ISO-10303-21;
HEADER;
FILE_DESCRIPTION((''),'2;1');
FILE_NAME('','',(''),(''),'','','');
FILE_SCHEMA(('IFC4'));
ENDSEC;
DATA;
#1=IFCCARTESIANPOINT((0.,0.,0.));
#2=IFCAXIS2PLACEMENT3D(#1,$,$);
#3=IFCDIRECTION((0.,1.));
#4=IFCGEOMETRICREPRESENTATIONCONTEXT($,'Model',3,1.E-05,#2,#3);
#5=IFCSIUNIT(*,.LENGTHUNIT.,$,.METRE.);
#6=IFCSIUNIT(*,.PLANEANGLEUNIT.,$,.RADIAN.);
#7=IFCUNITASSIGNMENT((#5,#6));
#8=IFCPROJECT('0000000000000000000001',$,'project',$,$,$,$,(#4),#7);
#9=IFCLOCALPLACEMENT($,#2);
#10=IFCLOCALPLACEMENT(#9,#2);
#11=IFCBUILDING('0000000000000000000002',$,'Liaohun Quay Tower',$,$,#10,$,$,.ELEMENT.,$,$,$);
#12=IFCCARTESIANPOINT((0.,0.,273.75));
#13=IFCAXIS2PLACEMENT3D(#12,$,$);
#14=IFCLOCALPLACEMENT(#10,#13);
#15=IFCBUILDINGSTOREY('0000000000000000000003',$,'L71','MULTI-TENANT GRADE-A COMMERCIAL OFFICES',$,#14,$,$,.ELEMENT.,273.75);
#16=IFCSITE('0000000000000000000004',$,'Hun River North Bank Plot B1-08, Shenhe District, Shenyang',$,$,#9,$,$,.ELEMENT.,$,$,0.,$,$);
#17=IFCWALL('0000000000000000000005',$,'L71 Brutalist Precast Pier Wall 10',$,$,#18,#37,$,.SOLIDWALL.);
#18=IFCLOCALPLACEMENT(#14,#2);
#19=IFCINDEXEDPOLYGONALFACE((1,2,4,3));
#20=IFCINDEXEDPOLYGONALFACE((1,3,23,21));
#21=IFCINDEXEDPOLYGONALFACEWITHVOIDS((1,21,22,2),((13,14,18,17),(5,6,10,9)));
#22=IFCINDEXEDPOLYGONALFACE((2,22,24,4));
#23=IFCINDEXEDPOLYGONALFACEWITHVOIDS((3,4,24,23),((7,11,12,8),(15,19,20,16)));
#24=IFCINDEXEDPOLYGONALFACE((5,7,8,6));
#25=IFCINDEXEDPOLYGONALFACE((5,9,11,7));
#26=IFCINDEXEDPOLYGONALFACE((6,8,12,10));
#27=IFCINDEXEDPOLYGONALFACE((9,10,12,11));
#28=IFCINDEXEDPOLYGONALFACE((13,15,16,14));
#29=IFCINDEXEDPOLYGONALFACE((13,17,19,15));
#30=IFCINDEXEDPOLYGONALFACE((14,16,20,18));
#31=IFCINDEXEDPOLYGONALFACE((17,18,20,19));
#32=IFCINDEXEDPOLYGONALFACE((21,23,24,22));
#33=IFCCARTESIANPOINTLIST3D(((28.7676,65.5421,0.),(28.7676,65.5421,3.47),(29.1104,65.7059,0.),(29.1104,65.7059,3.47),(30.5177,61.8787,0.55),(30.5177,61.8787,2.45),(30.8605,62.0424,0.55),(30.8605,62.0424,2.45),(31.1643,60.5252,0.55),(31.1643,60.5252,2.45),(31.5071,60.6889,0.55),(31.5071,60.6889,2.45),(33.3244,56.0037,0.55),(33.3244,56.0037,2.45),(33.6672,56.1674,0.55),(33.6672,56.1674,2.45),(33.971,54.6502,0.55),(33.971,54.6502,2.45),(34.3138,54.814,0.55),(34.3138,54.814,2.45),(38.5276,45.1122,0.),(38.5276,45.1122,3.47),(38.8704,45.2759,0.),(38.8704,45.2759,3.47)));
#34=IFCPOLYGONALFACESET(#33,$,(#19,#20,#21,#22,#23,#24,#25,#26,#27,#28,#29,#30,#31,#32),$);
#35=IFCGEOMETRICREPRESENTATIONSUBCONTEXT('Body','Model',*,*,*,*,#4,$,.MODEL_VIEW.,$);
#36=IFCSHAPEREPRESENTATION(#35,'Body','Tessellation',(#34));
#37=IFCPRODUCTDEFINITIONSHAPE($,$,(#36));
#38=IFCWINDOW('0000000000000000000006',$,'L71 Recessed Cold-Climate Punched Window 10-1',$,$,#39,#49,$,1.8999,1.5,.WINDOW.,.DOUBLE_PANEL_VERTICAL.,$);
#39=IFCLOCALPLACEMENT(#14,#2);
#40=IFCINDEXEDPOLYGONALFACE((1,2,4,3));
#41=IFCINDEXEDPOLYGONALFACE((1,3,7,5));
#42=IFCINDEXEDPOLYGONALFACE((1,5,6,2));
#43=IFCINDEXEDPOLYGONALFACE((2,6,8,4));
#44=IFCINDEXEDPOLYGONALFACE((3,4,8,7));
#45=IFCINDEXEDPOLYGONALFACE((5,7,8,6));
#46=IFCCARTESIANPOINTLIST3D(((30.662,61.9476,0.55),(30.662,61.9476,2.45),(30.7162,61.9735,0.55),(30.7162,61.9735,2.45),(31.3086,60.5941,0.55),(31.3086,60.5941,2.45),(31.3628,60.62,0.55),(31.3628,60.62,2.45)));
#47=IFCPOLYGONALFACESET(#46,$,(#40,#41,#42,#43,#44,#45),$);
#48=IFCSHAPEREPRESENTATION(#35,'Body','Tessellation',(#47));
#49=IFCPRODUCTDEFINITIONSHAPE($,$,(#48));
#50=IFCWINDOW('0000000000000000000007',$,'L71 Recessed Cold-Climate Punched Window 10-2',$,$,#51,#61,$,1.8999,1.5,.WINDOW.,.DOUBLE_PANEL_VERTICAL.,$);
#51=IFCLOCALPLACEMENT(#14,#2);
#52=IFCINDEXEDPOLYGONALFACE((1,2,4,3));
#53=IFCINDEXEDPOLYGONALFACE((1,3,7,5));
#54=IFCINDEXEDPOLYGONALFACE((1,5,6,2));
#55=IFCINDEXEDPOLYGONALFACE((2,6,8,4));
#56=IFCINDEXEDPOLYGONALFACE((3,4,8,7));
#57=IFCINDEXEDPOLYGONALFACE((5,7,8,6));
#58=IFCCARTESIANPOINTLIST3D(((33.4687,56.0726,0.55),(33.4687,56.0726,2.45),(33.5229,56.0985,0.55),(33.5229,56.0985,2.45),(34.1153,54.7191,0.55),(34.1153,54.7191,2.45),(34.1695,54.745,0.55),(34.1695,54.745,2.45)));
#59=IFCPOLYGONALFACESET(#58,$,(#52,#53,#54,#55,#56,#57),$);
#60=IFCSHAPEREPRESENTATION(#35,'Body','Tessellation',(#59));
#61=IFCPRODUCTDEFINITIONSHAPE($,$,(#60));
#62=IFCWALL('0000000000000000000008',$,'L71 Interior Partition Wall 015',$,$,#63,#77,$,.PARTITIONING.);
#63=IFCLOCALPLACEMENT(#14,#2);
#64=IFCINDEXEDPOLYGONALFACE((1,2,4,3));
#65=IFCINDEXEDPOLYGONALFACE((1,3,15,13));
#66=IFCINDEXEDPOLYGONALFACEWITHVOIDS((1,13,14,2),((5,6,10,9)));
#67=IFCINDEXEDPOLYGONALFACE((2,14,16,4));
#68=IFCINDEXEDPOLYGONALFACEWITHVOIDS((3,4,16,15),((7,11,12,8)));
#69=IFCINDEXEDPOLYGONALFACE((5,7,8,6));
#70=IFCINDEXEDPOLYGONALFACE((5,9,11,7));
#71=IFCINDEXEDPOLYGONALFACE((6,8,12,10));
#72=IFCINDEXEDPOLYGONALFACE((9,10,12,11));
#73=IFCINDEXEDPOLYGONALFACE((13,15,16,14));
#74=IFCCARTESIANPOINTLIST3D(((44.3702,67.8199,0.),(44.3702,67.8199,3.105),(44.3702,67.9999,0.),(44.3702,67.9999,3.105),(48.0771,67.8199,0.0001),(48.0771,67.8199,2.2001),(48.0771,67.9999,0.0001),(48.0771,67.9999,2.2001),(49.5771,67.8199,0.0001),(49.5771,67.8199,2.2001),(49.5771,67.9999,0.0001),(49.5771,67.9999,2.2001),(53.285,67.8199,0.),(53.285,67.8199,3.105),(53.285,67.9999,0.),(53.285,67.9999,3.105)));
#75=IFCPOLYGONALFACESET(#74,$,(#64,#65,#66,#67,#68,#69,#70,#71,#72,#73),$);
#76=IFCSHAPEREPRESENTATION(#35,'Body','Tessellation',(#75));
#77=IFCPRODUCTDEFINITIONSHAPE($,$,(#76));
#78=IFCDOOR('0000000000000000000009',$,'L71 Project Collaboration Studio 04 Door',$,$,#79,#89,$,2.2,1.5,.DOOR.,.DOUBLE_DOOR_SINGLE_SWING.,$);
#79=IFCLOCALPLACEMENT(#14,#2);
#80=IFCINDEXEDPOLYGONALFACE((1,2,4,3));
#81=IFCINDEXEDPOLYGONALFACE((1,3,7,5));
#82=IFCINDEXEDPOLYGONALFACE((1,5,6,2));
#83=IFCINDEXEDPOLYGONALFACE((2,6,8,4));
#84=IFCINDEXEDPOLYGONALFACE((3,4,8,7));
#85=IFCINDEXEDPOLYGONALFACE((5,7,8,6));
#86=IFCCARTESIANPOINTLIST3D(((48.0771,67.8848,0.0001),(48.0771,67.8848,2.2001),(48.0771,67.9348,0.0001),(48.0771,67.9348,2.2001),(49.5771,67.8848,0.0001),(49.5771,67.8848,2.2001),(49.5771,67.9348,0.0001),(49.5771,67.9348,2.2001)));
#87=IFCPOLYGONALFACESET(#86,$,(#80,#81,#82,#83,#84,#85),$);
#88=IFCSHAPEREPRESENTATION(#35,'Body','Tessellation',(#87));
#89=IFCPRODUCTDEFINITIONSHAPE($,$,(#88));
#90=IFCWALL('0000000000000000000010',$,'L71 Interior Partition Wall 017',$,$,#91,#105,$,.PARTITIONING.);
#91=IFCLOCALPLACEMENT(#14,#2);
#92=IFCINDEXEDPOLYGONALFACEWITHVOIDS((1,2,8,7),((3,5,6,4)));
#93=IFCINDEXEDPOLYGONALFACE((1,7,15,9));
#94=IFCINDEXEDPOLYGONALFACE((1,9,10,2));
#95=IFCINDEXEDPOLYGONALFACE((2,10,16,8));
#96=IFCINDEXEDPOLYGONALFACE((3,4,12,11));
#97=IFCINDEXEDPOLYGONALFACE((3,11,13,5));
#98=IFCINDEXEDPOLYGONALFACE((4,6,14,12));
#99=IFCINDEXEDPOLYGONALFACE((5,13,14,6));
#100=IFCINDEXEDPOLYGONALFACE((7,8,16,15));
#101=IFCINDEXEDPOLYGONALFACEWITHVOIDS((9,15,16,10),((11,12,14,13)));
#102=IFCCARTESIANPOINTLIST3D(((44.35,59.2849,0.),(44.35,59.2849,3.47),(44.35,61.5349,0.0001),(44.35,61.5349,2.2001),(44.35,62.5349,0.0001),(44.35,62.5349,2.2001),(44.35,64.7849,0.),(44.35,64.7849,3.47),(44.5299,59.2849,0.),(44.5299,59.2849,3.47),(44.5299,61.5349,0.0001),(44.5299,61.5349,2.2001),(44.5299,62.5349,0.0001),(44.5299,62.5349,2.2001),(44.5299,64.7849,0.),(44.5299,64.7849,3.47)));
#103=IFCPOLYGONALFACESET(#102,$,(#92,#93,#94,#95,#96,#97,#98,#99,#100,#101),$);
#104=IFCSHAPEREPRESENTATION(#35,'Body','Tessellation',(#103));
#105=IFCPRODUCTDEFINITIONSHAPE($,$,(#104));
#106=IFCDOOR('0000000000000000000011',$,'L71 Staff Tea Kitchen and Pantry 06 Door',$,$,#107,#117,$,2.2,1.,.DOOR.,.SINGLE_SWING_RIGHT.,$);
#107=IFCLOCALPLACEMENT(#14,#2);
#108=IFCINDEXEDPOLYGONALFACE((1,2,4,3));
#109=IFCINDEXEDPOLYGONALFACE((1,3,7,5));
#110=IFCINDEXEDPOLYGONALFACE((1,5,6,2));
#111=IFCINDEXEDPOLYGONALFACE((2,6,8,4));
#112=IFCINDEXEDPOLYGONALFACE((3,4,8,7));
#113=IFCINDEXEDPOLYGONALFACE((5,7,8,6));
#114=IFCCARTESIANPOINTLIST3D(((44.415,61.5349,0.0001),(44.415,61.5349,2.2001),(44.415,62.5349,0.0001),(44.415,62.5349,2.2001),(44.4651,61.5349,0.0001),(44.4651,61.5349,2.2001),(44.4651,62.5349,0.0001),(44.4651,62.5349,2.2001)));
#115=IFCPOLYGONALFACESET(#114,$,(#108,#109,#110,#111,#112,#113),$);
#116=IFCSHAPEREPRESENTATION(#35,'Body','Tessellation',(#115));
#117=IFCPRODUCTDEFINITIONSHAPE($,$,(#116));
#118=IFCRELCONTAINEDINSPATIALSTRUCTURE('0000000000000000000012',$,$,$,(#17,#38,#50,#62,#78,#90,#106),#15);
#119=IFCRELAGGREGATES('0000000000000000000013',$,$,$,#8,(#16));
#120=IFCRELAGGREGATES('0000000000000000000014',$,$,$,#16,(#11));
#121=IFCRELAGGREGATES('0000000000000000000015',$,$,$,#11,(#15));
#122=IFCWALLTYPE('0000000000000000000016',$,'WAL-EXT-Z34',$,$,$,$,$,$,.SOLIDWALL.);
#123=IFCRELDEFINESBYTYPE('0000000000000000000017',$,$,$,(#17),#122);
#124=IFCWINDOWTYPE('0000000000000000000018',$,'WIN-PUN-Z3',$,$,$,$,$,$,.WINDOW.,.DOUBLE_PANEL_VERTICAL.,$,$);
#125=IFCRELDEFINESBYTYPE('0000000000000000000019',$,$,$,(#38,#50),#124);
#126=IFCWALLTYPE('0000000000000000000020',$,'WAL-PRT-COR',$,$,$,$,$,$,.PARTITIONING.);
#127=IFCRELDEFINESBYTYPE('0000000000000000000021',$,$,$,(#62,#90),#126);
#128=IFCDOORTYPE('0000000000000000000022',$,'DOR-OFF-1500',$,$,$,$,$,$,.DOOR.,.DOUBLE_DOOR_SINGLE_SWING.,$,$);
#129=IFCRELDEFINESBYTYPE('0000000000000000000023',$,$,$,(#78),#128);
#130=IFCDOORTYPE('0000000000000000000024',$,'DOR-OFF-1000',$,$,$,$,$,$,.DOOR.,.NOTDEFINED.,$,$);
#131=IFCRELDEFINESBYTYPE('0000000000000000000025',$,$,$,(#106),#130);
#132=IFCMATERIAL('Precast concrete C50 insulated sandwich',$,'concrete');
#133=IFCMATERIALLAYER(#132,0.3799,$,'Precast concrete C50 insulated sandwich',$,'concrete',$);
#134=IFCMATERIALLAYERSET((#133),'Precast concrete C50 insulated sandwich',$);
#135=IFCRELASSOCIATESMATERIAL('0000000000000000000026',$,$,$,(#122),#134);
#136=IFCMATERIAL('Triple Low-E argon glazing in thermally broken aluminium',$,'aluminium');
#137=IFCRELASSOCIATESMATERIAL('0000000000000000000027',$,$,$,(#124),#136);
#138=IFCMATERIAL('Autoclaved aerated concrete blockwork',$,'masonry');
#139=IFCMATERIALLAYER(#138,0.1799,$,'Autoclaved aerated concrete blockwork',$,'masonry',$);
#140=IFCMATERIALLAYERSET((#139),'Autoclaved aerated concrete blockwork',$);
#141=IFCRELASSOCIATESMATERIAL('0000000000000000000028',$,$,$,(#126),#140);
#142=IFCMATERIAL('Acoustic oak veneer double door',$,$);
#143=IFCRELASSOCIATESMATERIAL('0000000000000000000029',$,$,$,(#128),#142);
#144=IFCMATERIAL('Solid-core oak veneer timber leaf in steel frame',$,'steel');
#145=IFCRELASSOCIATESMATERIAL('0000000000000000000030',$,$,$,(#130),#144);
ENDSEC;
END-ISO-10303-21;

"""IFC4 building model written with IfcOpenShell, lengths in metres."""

from ifc_helpers import new_model, si_unit, direction, frame, frame_2d, origin, place, context, subcontext, project, spatial, rectangle, extrude, source, transform, mapped, material, layer, layer_set, type_object, element, fill, save


model = new_model("IFC4")

# Units and contexts
model_context = context("Model", 3, precision=1e-05, world=origin(), true_north=direction((0.0, 1.0)))
body_context = subcontext(model_context, "Body", "Model", "MODEL_VIEW")
ifc_project = project(units=[si_unit("LENGTHUNIT", "METRE"), si_unit("PLANEANGLEUNIT", "RADIAN")], contexts=[model_context])

# Site, building, storey
site_placement = place(None, origin())
site = spatial("IfcSite", under=ifc_project, at=site_placement, Name="Hun River North Bank Plot B1-08, Shenhe District, Shenyang", CompositionType="ELEMENT", RefElevation=0.0)
building_placement = place(site_placement, origin())
building = spatial("IfcBuilding", under=site, at=building_placement, Name="Liaohun Quay Tower", CompositionType="ELEMENT")
storey_placement = place(building_placement, frame((0.0, 0.0, 273.75)))
storey = spatial("IfcBuildingStorey", under=building, at=storey_placement, Name="L71", Description="MULTI-TENANT GRADE-A COMMERCIAL OFFICES", CompositionType="ELEMENT", Elevation=273.75)

# Shared definitions
ifc_material_1 = material(Name="Precast concrete C50 insulated sandwich", Category="concrete")
ifc_layer_1 = layer(ifc_material_1, 0.3799, Name="Precast concrete C50 insulated sandwich", Category="concrete")
ifc_layer_set_1 = layer_set([ifc_layer_1], Name="Precast concrete C50 insulated sandwich")
wall_type_1 = type_object("IfcWallType", Name="WAL-EXT-Z34", PredefinedType="SOLIDWALL", material=ifc_layer_set_1)

# Wall, openings, windows
wall_1_placement = place(storey_placement, frame((28.939, 65.624, 0.0), z_axis=(0.0, 0.0, 1.0), x_axis=(0.431066, -0.90232, 0.0)))
wall_1 = element("IfcWall", 1, at=wall_1_placement, inside=storey, type_object=wall_type_1, Name="L71 Brutalist Precast Pier Wall 10", PredefinedType="SOLIDWALL", context=body_context, shape_type="SweptSolid", body=[
    extrude(rectangle(XDim=22.6416, YDim=0.3799, at=frame_2d((11.3208, 0.0))), origin(), (0.0, 0.0, 1.0), 3.47),
])
shared_shape_1 = source(origin(), body_context, "Body", "SweptSolid", [
    extrude(rectangle(XDim=1.5, YDim=1.8999, at=frame_2d((0.75, 0.95))), frame((0.0, 0.2, 0.0), z_axis=(0.0, -1.0, 0.0), x_axis=(1.0, 0.0, 0.0)), (0.0, 0.0, 1.0), 0.3999),
])
opening_1_placement = place(wall_1_placement, frame((4.0601, 0.0, 0.55)))
opening_1 = element("IfcOpeningElement", 2, at=opening_1_placement, cuts=wall_1, PredefinedType="OPENING", context=body_context, shape_type="MappedRepresentation", body=[
    mapped(shared_shape_1, transform((0.0, 0.0, 0.0), x_axis=(1.0, 0.0, 0.0), y_axis=(0.0, 1.0, 0.0), z_axis=(0.0, 0.0, 1.0), scale=1.0)),
])
opening_2_placement = place(wall_1_placement, frame((10.571, 0.0, 0.55)))
opening_2 = element("IfcOpeningElement", 3, at=opening_2_placement, cuts=wall_1, PredefinedType="OPENING", context=body_context, shape_type="MappedRepresentation", body=[
    mapped(shared_shape_1, transform((0.0, 0.0, 0.0), x_axis=(1.0, 0.0, 0.0), y_axis=(0.0, 1.0, 0.0), z_axis=(0.0, 0.0, 1.0), scale=1.0)),
])
ifc_material_2 = material(Name="Triple Low-E argon glazing in thermally broken aluminium", Category="aluminium")
window_type_1 = type_object("IfcWindowType", Name="WIN-PUN-Z3", PartitioningType="DOUBLE_PANEL_VERTICAL", PredefinedType="WINDOW", material=ifc_material_2)
shared_shape_2 = source(origin(), body_context, "Body", "SweptSolid", [
    extrude(rectangle(XDim=1.5, YDim=1.8999, at=frame_2d((0.75, 0.95))), frame((0.0, 0.03, 0.0), z_axis=(0.0, -1.0, 0.0), x_axis=(1.0, 0.0, 0.0)), (0.0, 0.0, 1.0), 0.0601),
])
window_1_placement = place(opening_1_placement, origin())
window_1 = element("IfcWindow", 4, at=window_1_placement, inside=storey, type_object=window_type_1, Name="L71 Recessed Cold-Climate Punched Window 10-1", OverallHeight=1.8999, OverallWidth=1.5, PartitioningType="DOUBLE_PANEL_VERTICAL", PredefinedType="WINDOW", context=body_context, shape_type="MappedRepresentation", body=[
    mapped(shared_shape_2, transform((0.0, 0.0, 0.0), x_axis=(1.0, 0.0, 0.0), y_axis=(0.0, 1.0, 0.0), z_axis=(0.0, 0.0, 1.0), scale=1.0)),
])
fill(opening_1, window_1)
window_2_placement = place(opening_2_placement, origin())
window_2 = element("IfcWindow", 5, at=window_2_placement, inside=storey, type_object=window_type_1, Name="L71 Recessed Cold-Climate Punched Window 10-2", OverallHeight=1.8999, OverallWidth=1.5, PartitioningType="DOUBLE_PANEL_VERTICAL", PredefinedType="WINDOW", context=body_context, shape_type="MappedRepresentation", body=[
    mapped(shared_shape_2, transform((0.0, 0.0, 0.0), x_axis=(1.0, 0.0, 0.0), y_axis=(0.0, 1.0, 0.0), z_axis=(0.0, 0.0, 1.0), scale=1.0)),
])
fill(opening_2, window_2)

# Walls, openings, doors
ifc_material_3 = material(Name="Autoclaved aerated concrete blockwork", Category="masonry")
ifc_layer_2 = layer(ifc_material_3, 0.1799, Name="Autoclaved aerated concrete blockwork", Category="masonry")
ifc_layer_set_2 = layer_set([ifc_layer_2], Name="Autoclaved aerated concrete blockwork")
wall_type_2 = type_object("IfcWallType", Name="WAL-PRT-COR", PredefinedType="PARTITIONING", material=ifc_layer_set_2)
wall_2_placement = place(storey_placement, frame((44.3701, 67.9099, 0.0), z_axis=(0.0, 0.0, 1.0), x_axis=(1.0, 0.0, 0.0)))
wall_2 = element("IfcWall", 6, at=wall_2_placement, inside=storey, type_object=wall_type_2, Name="L71 Interior Partition Wall 015", PredefinedType="PARTITIONING", context=body_context, shape_type="SweptSolid", body=[
    extrude(rectangle(XDim=8.9148, YDim=0.1799, at=frame_2d((4.4575, 0.0))), origin(), (0.0, 0.0, 1.0), 3.105),
])
shared_shape_3 = source(origin(), body_context, "Body", "SweptSolid", [
    extrude(rectangle(XDim=1.5, YDim=2.2, at=frame_2d((0.75, 1.1001))), frame((0.0, 0.0999, 0.0), z_axis=(0.0, -1.0, 0.0), x_axis=(1.0, 0.0, 0.0)), (0.0, 0.0, 1.0), 0.2),
])
opening_3_placement = place(wall_2_placement, frame((3.707, 0.0, 0.0)))
opening_3 = element("IfcOpeningElement", 7, at=opening_3_placement, cuts=wall_2, PredefinedType="OPENING", context=body_context, shape_type="MappedRepresentation", body=[
    mapped(shared_shape_3, transform((0.0, 0.0, 0.0), x_axis=(1.0, 0.0, 0.0), y_axis=(0.0, 1.0, 0.0), z_axis=(0.0, 0.0, 1.0), scale=1.0)),
])
ifc_material_4 = material(Name="Acoustic oak veneer double door")
door_type_1 = type_object("IfcDoorType", Name="DOR-OFF-1500", OperationType="DOUBLE_DOOR_SINGLE_SWING", PredefinedType="DOOR", material=ifc_material_4)
shared_shape_4 = source(origin(), body_context, "Body", "SweptSolid", [
    extrude(rectangle(XDim=1.5, YDim=2.2, at=frame_2d((0.75, 1.1001))), frame((0.0, 0.0249, 0.0), z_axis=(0.0, -1.0, 0.0), x_axis=(1.0, 0.0, 0.0)), (0.0, 0.0, 1.0), 0.05),
])
door_1_placement = place(opening_3_placement, origin())
door_1 = element("IfcDoor", 8, at=door_1_placement, inside=storey, type_object=door_type_1, Name="L71 Project Collaboration Studio 04 Door", OperationType="DOUBLE_DOOR_SINGLE_SWING", OverallHeight=2.2, OverallWidth=1.5, PredefinedType="DOOR", context=body_context, shape_type="MappedRepresentation", body=[
    mapped(shared_shape_4, transform((0.0, 0.0, 0.0), x_axis=(1.0, 0.0, 0.0), y_axis=(0.0, 1.0, 0.0), z_axis=(0.0, 0.0, 1.0), scale=1.0)),
])
fill(opening_3, door_1)
wall_3_placement = place(storey_placement, frame((44.4399, 59.2849, 0.0), z_axis=(0.0, 0.0, 1.0), x_axis=(0.0, 1.0, 0.0)))
wall_3 = element("IfcWall", 9, at=wall_3_placement, inside=storey, type_object=wall_type_2, Name="L71 Interior Partition Wall 017", PredefinedType="PARTITIONING", context=body_context, shape_type="SweptSolid", body=[
    extrude(rectangle(XDim=5.5, YDim=0.1799, at=frame_2d((2.75, 0.0))), origin(), (0.0, 0.0, 1.0), 3.47),
])
shared_shape_5 = source(origin(), body_context, "Body", "SweptSolid", [
    extrude(rectangle(XDim=1.0, YDim=2.2, at=frame_2d((0.5, 1.1001))), frame((0.0, 0.0999, 0.0), z_axis=(0.0, -1.0, 0.0), x_axis=(1.0, 0.0, 0.0)), (0.0, 0.0, 1.0), 0.2),
])
opening_4_placement = place(wall_3_placement, frame((2.25, 0.0, 0.0)))
opening_4 = element("IfcOpeningElement", 10, at=opening_4_placement, cuts=wall_3, PredefinedType="OPENING", context=body_context, shape_type="MappedRepresentation", body=[
    mapped(shared_shape_5, transform((0.0, 0.0, 0.0), x_axis=(1.0, 0.0, 0.0), y_axis=(0.0, 1.0, 0.0), z_axis=(0.0, 0.0, 1.0), scale=1.0)),
])
ifc_material_5 = material(Name="Solid-core oak veneer timber leaf in steel frame", Category="steel")
door_type_2 = type_object("IfcDoorType", Name="DOR-OFF-1000", OperationType="NOTDEFINED", PredefinedType="DOOR", material=ifc_material_5)
shared_shape_6 = source(origin(), body_context, "Body", "SweptSolid", [
    extrude(rectangle(XDim=1.0, YDim=2.2, at=frame_2d((0.5, 1.1001))), frame((0.0, 0.0249, 0.0), z_axis=(0.0, -1.0, 0.0), x_axis=(1.0, 0.0, 0.0)), (0.0, 0.0, 1.0), 0.05),
])
door_2_placement = place(opening_4_placement, origin())
door_2 = element("IfcDoor", 11, at=door_2_placement, inside=storey, type_object=door_type_2, Name="L71 Staff Tea Kitchen and Pantry 06 Door", OperationType="SINGLE_SWING_RIGHT", OverallHeight=2.2, OverallWidth=1.0, PredefinedType="DOOR", context=body_context, shape_type="MappedRepresentation", body=[
    mapped(shared_shape_6, transform((0.0, 0.0, 0.0), x_axis=(1.0, 0.0, 0.0), y_axis=(0.0, 1.0, 0.0), z_axis=(0.0, 0.0, 1.0), scale=1.0)),
])
fill(opening_4, door_2)

save(model, "model.ifc")
